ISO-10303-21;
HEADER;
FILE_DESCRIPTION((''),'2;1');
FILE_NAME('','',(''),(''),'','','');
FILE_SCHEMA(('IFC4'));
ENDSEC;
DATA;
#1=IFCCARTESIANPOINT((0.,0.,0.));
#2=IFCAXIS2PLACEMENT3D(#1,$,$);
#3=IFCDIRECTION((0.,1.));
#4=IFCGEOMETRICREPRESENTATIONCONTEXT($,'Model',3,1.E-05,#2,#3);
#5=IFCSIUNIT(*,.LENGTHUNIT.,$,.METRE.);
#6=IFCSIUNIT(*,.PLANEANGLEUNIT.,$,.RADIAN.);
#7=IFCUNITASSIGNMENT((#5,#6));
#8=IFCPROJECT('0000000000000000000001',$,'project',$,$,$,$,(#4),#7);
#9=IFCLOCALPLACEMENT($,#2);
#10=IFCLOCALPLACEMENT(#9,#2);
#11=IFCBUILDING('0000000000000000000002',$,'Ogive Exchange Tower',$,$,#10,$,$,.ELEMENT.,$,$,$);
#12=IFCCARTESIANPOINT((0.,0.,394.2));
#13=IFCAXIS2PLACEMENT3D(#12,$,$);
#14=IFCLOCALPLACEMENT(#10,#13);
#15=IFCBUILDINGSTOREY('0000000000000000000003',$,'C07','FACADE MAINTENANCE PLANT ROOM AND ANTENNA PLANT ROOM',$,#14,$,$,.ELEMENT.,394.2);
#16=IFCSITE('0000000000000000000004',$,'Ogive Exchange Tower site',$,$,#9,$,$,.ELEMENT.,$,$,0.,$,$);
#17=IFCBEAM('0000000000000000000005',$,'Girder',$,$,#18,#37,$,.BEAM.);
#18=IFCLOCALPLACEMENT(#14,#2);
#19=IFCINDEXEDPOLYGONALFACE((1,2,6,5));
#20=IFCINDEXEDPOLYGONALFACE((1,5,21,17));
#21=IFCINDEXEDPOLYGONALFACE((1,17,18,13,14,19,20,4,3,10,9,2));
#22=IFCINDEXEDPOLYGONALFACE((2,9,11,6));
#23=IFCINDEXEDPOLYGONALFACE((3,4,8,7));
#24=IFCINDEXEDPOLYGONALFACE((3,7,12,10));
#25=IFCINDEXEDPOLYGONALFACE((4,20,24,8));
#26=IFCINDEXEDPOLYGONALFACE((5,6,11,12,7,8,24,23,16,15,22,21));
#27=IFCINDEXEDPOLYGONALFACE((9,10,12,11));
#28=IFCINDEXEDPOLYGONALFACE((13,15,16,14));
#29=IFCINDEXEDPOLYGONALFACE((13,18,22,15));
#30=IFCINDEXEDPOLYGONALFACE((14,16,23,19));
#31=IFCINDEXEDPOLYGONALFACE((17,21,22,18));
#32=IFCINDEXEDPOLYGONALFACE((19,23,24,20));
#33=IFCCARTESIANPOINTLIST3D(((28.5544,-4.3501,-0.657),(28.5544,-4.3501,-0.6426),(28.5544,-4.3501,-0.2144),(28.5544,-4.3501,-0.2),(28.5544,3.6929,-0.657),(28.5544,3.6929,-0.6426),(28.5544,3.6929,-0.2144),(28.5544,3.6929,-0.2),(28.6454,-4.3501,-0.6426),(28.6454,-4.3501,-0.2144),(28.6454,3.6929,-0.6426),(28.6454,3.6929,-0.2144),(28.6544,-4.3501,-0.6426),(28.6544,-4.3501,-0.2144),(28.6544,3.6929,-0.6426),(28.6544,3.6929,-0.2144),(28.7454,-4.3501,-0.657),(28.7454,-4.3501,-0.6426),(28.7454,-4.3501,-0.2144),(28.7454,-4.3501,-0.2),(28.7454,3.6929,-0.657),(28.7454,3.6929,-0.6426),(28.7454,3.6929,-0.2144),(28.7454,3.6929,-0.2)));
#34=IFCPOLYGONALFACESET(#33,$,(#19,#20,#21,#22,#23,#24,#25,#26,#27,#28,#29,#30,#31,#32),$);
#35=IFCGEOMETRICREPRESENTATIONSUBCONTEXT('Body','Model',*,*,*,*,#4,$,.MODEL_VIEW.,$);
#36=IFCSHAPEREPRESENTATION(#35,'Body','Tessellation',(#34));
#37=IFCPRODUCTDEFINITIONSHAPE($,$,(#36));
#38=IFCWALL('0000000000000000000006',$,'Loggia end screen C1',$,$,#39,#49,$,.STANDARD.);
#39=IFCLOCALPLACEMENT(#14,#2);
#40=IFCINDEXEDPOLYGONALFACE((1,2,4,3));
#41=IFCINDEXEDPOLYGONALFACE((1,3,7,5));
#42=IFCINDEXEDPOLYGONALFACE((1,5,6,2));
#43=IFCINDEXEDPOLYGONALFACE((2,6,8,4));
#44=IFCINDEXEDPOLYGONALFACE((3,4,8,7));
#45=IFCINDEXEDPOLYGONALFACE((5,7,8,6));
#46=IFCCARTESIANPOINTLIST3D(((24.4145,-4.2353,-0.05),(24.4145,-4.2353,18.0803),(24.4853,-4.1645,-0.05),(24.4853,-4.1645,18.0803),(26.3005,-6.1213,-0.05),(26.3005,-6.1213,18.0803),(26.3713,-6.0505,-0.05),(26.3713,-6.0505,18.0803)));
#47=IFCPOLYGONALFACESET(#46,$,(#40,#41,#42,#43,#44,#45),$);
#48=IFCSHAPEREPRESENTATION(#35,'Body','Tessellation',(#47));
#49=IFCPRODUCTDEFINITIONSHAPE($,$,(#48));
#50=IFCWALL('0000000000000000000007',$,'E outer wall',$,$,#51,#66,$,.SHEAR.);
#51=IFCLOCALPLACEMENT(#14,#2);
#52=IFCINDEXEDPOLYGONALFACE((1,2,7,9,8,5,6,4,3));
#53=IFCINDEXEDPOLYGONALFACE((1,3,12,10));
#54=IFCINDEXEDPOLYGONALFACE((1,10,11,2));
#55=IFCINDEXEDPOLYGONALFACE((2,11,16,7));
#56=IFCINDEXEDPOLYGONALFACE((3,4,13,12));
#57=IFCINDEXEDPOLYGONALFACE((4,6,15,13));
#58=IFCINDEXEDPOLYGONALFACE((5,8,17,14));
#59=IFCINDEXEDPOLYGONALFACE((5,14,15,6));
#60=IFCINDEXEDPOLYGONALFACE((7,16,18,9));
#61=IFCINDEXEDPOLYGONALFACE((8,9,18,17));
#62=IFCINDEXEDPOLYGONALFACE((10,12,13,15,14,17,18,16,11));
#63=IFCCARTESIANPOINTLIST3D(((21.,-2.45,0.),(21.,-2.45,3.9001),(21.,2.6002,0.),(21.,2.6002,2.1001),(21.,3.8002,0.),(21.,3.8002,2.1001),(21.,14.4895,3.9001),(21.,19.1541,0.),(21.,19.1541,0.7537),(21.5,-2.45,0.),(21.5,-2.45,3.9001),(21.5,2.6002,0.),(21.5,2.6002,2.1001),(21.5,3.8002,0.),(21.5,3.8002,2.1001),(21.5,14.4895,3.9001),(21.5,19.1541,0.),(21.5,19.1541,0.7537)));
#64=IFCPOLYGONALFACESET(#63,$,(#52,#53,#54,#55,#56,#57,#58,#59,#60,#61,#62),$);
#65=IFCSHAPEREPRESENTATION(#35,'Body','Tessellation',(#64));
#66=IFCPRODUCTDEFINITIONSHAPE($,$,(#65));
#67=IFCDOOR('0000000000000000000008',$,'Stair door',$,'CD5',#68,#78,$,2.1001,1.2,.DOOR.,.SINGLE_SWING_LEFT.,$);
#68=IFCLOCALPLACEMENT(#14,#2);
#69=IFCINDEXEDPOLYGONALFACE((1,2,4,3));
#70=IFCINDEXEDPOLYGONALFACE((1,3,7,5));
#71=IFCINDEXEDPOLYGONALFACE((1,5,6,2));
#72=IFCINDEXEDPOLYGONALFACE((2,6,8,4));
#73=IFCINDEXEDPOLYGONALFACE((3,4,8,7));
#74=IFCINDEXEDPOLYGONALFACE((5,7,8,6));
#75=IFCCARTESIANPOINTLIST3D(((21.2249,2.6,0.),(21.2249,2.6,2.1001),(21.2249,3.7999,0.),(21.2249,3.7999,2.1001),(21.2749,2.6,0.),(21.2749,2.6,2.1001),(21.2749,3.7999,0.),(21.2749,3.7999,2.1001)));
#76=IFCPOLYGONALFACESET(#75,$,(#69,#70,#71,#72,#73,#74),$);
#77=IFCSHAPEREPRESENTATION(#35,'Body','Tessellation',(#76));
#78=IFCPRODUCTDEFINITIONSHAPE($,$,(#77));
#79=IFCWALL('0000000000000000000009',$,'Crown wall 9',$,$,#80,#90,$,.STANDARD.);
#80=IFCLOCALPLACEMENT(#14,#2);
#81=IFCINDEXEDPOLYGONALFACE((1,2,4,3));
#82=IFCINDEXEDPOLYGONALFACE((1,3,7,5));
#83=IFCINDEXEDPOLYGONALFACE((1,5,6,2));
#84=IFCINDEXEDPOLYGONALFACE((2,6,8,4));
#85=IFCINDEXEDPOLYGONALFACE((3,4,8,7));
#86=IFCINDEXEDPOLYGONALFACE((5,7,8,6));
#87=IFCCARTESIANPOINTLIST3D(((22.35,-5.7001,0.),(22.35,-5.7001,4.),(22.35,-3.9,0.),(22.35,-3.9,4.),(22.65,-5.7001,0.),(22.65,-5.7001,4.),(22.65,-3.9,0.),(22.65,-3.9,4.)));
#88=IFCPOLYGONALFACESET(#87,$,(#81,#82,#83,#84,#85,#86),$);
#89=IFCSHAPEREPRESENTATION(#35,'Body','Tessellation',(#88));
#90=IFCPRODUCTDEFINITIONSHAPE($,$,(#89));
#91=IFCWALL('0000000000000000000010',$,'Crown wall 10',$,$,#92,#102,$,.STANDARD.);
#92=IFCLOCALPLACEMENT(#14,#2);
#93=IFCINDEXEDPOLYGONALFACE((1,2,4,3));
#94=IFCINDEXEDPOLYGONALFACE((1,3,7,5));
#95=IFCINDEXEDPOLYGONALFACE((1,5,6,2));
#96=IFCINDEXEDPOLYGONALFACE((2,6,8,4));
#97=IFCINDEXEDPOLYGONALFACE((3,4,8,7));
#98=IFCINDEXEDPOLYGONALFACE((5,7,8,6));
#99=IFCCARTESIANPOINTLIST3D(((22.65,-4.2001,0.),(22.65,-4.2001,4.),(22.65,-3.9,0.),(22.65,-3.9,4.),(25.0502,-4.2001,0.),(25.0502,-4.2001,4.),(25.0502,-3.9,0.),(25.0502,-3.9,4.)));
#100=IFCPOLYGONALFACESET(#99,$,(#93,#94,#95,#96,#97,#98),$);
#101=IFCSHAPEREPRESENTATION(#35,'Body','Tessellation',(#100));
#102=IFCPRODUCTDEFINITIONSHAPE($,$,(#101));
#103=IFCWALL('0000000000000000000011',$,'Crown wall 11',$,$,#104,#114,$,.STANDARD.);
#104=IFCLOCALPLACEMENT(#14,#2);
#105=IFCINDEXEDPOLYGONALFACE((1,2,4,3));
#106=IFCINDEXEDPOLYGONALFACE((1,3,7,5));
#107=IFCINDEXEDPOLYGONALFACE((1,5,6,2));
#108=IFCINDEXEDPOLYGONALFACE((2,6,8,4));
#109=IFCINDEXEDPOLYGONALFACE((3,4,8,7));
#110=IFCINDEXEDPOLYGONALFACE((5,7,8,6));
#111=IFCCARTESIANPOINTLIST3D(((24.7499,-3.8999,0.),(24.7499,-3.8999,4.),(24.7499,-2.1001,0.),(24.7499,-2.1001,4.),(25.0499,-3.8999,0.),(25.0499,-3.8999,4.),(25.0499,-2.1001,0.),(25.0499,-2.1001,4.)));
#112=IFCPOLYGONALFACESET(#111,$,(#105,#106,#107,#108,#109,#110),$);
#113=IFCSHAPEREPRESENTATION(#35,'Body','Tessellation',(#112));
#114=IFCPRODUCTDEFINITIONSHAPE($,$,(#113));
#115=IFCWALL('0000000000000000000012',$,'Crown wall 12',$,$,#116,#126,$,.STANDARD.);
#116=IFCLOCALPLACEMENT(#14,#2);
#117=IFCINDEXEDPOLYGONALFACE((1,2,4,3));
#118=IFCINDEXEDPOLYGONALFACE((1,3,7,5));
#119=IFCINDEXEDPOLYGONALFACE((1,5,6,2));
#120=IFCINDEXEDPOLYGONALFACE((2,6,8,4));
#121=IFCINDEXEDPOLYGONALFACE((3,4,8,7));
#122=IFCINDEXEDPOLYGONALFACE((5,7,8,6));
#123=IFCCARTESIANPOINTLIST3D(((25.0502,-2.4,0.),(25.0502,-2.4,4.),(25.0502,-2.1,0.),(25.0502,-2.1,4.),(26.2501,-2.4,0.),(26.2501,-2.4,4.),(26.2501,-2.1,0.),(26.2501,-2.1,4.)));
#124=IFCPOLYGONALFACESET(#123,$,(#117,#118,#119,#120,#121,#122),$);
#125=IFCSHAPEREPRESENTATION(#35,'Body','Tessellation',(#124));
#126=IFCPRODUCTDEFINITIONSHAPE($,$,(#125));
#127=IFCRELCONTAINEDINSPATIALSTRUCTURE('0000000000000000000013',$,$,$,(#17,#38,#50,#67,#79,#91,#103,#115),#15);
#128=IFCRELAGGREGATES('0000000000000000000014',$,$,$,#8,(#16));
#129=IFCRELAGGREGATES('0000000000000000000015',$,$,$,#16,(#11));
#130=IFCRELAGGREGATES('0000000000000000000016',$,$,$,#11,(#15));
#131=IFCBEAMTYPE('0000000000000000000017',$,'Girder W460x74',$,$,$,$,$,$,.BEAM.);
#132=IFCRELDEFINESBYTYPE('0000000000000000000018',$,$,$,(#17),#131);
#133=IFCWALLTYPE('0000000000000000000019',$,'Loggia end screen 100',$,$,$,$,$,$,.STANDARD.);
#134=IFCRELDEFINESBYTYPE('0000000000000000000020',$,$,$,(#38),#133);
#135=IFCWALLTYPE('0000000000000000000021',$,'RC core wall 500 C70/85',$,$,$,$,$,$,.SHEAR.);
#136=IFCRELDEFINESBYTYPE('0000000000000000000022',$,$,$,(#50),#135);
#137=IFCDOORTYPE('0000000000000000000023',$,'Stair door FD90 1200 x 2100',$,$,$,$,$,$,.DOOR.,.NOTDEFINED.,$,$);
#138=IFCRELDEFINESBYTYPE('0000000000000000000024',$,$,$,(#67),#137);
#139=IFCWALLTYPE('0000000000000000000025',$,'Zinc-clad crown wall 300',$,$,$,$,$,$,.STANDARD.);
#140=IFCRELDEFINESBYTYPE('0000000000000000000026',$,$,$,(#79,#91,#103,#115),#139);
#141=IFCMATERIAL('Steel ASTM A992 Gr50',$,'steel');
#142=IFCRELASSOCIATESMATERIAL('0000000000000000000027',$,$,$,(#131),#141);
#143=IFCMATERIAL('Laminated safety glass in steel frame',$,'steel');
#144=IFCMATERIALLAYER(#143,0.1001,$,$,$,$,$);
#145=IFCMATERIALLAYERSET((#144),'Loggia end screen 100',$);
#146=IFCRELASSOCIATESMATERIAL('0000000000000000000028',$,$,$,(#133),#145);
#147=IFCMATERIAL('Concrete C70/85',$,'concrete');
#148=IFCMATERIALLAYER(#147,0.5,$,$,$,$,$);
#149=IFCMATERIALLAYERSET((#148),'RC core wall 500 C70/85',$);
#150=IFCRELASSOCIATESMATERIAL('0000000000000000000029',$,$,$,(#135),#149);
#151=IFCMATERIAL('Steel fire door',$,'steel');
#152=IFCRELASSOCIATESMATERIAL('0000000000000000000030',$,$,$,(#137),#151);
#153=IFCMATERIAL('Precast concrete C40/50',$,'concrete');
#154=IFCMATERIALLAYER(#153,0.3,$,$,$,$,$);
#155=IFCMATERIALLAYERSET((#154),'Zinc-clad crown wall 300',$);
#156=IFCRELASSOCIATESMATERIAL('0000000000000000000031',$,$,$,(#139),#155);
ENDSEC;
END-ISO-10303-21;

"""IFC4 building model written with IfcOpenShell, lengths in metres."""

from ifc_helpers import new_model, si_unit, direction, frame, frame_2d, origin, origin_2d, place, context, subcontext, project, spatial, polyline, rectangle, i_section, outline, extrude, material, layer, layer_set, material_profile, profile_set, type_object, element, fill, save


model = new_model("IFC4")

# Units and contexts
model_context = context("Model", 3, precision=1e-05, world=origin(), true_north=direction((0.0, 1.0)))
body_context = subcontext(model_context, "Body", "Model", "MODEL_VIEW")
ifc_project = project(units=[si_unit("LENGTHUNIT", "METRE"), si_unit("PLANEANGLEUNIT", "RADIAN")], contexts=[model_context])

# Site, building, storey
site_placement = place(None, origin())
site = spatial("IfcSite", under=ifc_project, at=site_placement, Name="Ogive Exchange Tower site", CompositionType="ELEMENT", RefElevation=0.0)
building_placement = place(site_placement, origin())
building = spatial("IfcBuilding", under=site, at=building_placement, Name="Ogive Exchange Tower", CompositionType="ELEMENT")
storey_placement = place(building_placement, frame((0.0, 0.0, 394.2)))
storey = spatial("IfcBuildingStorey", under=building, at=storey_placement, Name="C07", Description="FACADE MAINTENANCE PLANT ROOM AND ANTENNA PLANT ROOM", CompositionType="ELEMENT", Elevation=394.2)

# Beam
ifc_material_1 = material(Name="Steel ASTM A992 Gr50", Category="steel")
ifc_material_profile_1 = material_profile(ifc_material_1, i_section(OverallWidth=0.1909, OverallDepth=0.457, WebThickness=0.009, FlangeThickness=0.0144, at=origin_2d()), Name="W460x74")
ifc_profile_set_1 = profile_set([ifc_material_profile_1], Name="Steel ASTM A992 Gr50")
beam_type_1 = type_object("IfcBeamType", Name="Girder W460x74", PredefinedType="BEAM", material=ifc_profile_set_1)
beam_1_placement = place(storey_placement, frame((28.6499, -4.3501, -0.4285), z_axis=(0.0, 1.0, 0.0), x_axis=(-1.0, 0.0, 0.0)))
element("IfcBeam", 1, at=beam_1_placement, inside=storey, type_object=beam_type_1, Name="Girder", PredefinedType="BEAM", context=body_context, shape_type="SweptSolid", body=[
    extrude(i_section(OverallWidth=0.1909, OverallDepth=0.457, WebThickness=0.009, FlangeThickness=0.0144, at=origin_2d()), origin(), (0.0, 0.0, 1.0), 8.043),
])

# Wall
ifc_material_2 = material(Name="Laminated safety glass in steel frame", Category="steel")
ifc_layer_1 = layer(ifc_material_2, 0.1001)
ifc_layer_set_1 = layer_set([ifc_layer_1], Name="Loggia end screen 100")
wall_type_1 = type_object("IfcWallType", Name="Loggia end screen 100", PredefinedType="STANDARD", material=ifc_layer_set_1)
wall_1_placement = place(storey_placement, frame((24.45, -4.2, -0.05), z_axis=(0.0, 0.0, 1.0), x_axis=(0.707107, -0.707107, 0.0)))
element("IfcWall", 2, at=wall_1_placement, inside=storey, type_object=wall_type_1, Name="Loggia end screen C1", PredefinedType="STANDARD", context=body_context, shape_type="SweptSolid", body=[
    extrude(rectangle(XDim=2.6672, YDim=0.1001, at=frame_2d((1.3335, 0.0))), origin(), (0.0, 0.0, 1.0), 18.1304),
])

# Wall, opening, door
ifc_material_3 = material(Name="Concrete C70/85", Category="concrete")
ifc_layer_2 = layer(ifc_material_3, 0.5)
ifc_layer_set_2 = layer_set([ifc_layer_2], Name="RC core wall 500 C70/85")
wall_type_2 = type_object("IfcWallType", Name="RC core wall 500 C70/85", PredefinedType="SHEAR", material=ifc_layer_set_2)
wall_2_placement = place(storey_placement, frame((21.25, -2.45, 0.0), z_axis=(0.0, 0.0, 1.0), x_axis=(0.0, 1.0, 0.0)))
wall_2 = element("IfcWall", 3, at=wall_2_placement, inside=storey, type_object=wall_type_2, Name="E outer wall", PredefinedType="SHEAR", context=body_context, shape_type="SweptSolid", body=[
    extrude(outline(polyline([(0.0, 0.0), (21.604, 0.0), (21.604, 0.7537), (16.9395, 3.9001), (0.0, 3.9001), (0.0, 0.0)])), frame((0.0, 0.25, 0.0), z_axis=(0.0, -1.0, 0.0), x_axis=(1.0, 0.0, 0.0)), (0.0, 0.0, 1.0), 0.5),
])
opening_1_placement = place(wall_2_placement, frame((5.05, 0.0, 0.0)))
opening_1 = element("IfcOpeningElement", 4, at=opening_1_placement, cuts=wall_2, PredefinedType="OPENING", context=body_context, shape_type="SweptSolid", body=[
    extrude(rectangle(XDim=1.2, YDim=2.1001, at=frame_2d((0.6001, 1.05))), frame((0.0, 0.26, 0.0), z_axis=(0.0, -1.0, 0.0), x_axis=(1.0, 0.0, 0.0)), (0.0, 0.0, 1.0), 0.52),
])
ifc_material_4 = material(Name="Steel fire door", Category="steel")
door_type = type_object("IfcDoorType", Name="Stair door FD90 1200 x 2100", OperationType="NOTDEFINED", PredefinedType="DOOR", material=ifc_material_4)
door_placement = place(opening_1_placement, frame((1.2, 0.0, 0.0), z_axis=(0.0, 0.0, 1.0), x_axis=(-1.0, 0.0, 0.0)))
door = element("IfcDoor", 5, at=door_placement, inside=storey, type_object=door_type, Name="Stair door", ObjectType="CD5", OperationType="SINGLE_SWING_LEFT", OverallHeight=2.1001, OverallWidth=1.2, PredefinedType="DOOR", context=body_context, shape_type="SweptSolid", body=[
    extrude(rectangle(XDim=1.2, YDim=2.1001, at=frame_2d((0.6001, 1.05))), frame((0.0, 0.0249, 0.0), z_axis=(0.0, -1.0, 0.0), x_axis=(1.0, 0.0, 0.0)), (0.0, 0.0, 1.0), 0.05),
])
fill(opening_1, door)

# Walls
ifc_material_5 = material(Name="Precast concrete C40/50", Category="concrete")
ifc_layer_3 = layer(ifc_material_5, 0.3)
ifc_layer_set_3 = layer_set([ifc_layer_3], Name="Zinc-clad crown wall 300")
wall_type_3 = type_object("IfcWallType", Name="Zinc-clad crown wall 300", PredefinedType="STANDARD", material=ifc_layer_set_3)
wall_3_placement = place(storey_placement, frame((22.5, -5.7, 0.0), z_axis=(0.0, 0.0, 1.0), x_axis=(0.0, 1.0, 0.0)))
element("IfcWall", 6, at=wall_3_placement, inside=storey, type_object=wall_type_3, Name="Crown wall 9", PredefinedType="STANDARD", context=body_context, shape_type="SweptSolid", body=[
    extrude(rectangle(XDim=1.8, YDim=0.3, at=frame_2d((0.8999, 0.0))), origin(), (0.0, 0.0, 1.0), 4.0),
])
wall_4_placement = place(storey_placement, frame((22.6499, -4.05, 0.0), z_axis=(0.0, 0.0, 1.0), x_axis=(1.0, 0.0, 0.0)))
element("IfcWall", 7, at=wall_4_placement, inside=storey, type_object=wall_type_3, Name="Crown wall 10", PredefinedType="STANDARD", context=body_context, shape_type="SweptSolid", body=[
    extrude(rectangle(XDim=2.4001, YDim=0.3, at=frame_2d((1.2002, 0.0))), origin(), (0.0, 0.0, 1.0), 4.0),
])
wall_5_placement = place(storey_placement, frame((24.8999, -3.8999, 0.0), z_axis=(0.0, 0.0, 1.0), x_axis=(0.0, 1.0, 0.0)))
element("IfcWall", 8, at=wall_5_placement, inside=storey, type_object=wall_type_3, Name="Crown wall 11", PredefinedType="STANDARD", context=body_context, shape_type="SweptSolid", body=[
    extrude(rectangle(XDim=1.7998, YDim=0.3, at=frame_2d((0.8999, 0.0))), origin(), (0.0, 0.0, 1.0), 4.0),
])
wall_6_placement = place(storey_placement, frame((25.05, -2.25, 0.0), z_axis=(0.0, 0.0, 1.0), x_axis=(1.0, 0.0, 0.0)))
element("IfcWall", 9, at=wall_6_placement, inside=storey, type_object=wall_type_3, Name="Crown wall 12", PredefinedType="STANDARD", context=body_context, shape_type="SweptSolid", body=[
    extrude(rectangle(XDim=1.2, YDim=0.3, at=frame_2d((0.6001, 0.0))), origin(), (0.0, 0.0, 1.0), 4.0),
])

save(model, "model.ifc")
